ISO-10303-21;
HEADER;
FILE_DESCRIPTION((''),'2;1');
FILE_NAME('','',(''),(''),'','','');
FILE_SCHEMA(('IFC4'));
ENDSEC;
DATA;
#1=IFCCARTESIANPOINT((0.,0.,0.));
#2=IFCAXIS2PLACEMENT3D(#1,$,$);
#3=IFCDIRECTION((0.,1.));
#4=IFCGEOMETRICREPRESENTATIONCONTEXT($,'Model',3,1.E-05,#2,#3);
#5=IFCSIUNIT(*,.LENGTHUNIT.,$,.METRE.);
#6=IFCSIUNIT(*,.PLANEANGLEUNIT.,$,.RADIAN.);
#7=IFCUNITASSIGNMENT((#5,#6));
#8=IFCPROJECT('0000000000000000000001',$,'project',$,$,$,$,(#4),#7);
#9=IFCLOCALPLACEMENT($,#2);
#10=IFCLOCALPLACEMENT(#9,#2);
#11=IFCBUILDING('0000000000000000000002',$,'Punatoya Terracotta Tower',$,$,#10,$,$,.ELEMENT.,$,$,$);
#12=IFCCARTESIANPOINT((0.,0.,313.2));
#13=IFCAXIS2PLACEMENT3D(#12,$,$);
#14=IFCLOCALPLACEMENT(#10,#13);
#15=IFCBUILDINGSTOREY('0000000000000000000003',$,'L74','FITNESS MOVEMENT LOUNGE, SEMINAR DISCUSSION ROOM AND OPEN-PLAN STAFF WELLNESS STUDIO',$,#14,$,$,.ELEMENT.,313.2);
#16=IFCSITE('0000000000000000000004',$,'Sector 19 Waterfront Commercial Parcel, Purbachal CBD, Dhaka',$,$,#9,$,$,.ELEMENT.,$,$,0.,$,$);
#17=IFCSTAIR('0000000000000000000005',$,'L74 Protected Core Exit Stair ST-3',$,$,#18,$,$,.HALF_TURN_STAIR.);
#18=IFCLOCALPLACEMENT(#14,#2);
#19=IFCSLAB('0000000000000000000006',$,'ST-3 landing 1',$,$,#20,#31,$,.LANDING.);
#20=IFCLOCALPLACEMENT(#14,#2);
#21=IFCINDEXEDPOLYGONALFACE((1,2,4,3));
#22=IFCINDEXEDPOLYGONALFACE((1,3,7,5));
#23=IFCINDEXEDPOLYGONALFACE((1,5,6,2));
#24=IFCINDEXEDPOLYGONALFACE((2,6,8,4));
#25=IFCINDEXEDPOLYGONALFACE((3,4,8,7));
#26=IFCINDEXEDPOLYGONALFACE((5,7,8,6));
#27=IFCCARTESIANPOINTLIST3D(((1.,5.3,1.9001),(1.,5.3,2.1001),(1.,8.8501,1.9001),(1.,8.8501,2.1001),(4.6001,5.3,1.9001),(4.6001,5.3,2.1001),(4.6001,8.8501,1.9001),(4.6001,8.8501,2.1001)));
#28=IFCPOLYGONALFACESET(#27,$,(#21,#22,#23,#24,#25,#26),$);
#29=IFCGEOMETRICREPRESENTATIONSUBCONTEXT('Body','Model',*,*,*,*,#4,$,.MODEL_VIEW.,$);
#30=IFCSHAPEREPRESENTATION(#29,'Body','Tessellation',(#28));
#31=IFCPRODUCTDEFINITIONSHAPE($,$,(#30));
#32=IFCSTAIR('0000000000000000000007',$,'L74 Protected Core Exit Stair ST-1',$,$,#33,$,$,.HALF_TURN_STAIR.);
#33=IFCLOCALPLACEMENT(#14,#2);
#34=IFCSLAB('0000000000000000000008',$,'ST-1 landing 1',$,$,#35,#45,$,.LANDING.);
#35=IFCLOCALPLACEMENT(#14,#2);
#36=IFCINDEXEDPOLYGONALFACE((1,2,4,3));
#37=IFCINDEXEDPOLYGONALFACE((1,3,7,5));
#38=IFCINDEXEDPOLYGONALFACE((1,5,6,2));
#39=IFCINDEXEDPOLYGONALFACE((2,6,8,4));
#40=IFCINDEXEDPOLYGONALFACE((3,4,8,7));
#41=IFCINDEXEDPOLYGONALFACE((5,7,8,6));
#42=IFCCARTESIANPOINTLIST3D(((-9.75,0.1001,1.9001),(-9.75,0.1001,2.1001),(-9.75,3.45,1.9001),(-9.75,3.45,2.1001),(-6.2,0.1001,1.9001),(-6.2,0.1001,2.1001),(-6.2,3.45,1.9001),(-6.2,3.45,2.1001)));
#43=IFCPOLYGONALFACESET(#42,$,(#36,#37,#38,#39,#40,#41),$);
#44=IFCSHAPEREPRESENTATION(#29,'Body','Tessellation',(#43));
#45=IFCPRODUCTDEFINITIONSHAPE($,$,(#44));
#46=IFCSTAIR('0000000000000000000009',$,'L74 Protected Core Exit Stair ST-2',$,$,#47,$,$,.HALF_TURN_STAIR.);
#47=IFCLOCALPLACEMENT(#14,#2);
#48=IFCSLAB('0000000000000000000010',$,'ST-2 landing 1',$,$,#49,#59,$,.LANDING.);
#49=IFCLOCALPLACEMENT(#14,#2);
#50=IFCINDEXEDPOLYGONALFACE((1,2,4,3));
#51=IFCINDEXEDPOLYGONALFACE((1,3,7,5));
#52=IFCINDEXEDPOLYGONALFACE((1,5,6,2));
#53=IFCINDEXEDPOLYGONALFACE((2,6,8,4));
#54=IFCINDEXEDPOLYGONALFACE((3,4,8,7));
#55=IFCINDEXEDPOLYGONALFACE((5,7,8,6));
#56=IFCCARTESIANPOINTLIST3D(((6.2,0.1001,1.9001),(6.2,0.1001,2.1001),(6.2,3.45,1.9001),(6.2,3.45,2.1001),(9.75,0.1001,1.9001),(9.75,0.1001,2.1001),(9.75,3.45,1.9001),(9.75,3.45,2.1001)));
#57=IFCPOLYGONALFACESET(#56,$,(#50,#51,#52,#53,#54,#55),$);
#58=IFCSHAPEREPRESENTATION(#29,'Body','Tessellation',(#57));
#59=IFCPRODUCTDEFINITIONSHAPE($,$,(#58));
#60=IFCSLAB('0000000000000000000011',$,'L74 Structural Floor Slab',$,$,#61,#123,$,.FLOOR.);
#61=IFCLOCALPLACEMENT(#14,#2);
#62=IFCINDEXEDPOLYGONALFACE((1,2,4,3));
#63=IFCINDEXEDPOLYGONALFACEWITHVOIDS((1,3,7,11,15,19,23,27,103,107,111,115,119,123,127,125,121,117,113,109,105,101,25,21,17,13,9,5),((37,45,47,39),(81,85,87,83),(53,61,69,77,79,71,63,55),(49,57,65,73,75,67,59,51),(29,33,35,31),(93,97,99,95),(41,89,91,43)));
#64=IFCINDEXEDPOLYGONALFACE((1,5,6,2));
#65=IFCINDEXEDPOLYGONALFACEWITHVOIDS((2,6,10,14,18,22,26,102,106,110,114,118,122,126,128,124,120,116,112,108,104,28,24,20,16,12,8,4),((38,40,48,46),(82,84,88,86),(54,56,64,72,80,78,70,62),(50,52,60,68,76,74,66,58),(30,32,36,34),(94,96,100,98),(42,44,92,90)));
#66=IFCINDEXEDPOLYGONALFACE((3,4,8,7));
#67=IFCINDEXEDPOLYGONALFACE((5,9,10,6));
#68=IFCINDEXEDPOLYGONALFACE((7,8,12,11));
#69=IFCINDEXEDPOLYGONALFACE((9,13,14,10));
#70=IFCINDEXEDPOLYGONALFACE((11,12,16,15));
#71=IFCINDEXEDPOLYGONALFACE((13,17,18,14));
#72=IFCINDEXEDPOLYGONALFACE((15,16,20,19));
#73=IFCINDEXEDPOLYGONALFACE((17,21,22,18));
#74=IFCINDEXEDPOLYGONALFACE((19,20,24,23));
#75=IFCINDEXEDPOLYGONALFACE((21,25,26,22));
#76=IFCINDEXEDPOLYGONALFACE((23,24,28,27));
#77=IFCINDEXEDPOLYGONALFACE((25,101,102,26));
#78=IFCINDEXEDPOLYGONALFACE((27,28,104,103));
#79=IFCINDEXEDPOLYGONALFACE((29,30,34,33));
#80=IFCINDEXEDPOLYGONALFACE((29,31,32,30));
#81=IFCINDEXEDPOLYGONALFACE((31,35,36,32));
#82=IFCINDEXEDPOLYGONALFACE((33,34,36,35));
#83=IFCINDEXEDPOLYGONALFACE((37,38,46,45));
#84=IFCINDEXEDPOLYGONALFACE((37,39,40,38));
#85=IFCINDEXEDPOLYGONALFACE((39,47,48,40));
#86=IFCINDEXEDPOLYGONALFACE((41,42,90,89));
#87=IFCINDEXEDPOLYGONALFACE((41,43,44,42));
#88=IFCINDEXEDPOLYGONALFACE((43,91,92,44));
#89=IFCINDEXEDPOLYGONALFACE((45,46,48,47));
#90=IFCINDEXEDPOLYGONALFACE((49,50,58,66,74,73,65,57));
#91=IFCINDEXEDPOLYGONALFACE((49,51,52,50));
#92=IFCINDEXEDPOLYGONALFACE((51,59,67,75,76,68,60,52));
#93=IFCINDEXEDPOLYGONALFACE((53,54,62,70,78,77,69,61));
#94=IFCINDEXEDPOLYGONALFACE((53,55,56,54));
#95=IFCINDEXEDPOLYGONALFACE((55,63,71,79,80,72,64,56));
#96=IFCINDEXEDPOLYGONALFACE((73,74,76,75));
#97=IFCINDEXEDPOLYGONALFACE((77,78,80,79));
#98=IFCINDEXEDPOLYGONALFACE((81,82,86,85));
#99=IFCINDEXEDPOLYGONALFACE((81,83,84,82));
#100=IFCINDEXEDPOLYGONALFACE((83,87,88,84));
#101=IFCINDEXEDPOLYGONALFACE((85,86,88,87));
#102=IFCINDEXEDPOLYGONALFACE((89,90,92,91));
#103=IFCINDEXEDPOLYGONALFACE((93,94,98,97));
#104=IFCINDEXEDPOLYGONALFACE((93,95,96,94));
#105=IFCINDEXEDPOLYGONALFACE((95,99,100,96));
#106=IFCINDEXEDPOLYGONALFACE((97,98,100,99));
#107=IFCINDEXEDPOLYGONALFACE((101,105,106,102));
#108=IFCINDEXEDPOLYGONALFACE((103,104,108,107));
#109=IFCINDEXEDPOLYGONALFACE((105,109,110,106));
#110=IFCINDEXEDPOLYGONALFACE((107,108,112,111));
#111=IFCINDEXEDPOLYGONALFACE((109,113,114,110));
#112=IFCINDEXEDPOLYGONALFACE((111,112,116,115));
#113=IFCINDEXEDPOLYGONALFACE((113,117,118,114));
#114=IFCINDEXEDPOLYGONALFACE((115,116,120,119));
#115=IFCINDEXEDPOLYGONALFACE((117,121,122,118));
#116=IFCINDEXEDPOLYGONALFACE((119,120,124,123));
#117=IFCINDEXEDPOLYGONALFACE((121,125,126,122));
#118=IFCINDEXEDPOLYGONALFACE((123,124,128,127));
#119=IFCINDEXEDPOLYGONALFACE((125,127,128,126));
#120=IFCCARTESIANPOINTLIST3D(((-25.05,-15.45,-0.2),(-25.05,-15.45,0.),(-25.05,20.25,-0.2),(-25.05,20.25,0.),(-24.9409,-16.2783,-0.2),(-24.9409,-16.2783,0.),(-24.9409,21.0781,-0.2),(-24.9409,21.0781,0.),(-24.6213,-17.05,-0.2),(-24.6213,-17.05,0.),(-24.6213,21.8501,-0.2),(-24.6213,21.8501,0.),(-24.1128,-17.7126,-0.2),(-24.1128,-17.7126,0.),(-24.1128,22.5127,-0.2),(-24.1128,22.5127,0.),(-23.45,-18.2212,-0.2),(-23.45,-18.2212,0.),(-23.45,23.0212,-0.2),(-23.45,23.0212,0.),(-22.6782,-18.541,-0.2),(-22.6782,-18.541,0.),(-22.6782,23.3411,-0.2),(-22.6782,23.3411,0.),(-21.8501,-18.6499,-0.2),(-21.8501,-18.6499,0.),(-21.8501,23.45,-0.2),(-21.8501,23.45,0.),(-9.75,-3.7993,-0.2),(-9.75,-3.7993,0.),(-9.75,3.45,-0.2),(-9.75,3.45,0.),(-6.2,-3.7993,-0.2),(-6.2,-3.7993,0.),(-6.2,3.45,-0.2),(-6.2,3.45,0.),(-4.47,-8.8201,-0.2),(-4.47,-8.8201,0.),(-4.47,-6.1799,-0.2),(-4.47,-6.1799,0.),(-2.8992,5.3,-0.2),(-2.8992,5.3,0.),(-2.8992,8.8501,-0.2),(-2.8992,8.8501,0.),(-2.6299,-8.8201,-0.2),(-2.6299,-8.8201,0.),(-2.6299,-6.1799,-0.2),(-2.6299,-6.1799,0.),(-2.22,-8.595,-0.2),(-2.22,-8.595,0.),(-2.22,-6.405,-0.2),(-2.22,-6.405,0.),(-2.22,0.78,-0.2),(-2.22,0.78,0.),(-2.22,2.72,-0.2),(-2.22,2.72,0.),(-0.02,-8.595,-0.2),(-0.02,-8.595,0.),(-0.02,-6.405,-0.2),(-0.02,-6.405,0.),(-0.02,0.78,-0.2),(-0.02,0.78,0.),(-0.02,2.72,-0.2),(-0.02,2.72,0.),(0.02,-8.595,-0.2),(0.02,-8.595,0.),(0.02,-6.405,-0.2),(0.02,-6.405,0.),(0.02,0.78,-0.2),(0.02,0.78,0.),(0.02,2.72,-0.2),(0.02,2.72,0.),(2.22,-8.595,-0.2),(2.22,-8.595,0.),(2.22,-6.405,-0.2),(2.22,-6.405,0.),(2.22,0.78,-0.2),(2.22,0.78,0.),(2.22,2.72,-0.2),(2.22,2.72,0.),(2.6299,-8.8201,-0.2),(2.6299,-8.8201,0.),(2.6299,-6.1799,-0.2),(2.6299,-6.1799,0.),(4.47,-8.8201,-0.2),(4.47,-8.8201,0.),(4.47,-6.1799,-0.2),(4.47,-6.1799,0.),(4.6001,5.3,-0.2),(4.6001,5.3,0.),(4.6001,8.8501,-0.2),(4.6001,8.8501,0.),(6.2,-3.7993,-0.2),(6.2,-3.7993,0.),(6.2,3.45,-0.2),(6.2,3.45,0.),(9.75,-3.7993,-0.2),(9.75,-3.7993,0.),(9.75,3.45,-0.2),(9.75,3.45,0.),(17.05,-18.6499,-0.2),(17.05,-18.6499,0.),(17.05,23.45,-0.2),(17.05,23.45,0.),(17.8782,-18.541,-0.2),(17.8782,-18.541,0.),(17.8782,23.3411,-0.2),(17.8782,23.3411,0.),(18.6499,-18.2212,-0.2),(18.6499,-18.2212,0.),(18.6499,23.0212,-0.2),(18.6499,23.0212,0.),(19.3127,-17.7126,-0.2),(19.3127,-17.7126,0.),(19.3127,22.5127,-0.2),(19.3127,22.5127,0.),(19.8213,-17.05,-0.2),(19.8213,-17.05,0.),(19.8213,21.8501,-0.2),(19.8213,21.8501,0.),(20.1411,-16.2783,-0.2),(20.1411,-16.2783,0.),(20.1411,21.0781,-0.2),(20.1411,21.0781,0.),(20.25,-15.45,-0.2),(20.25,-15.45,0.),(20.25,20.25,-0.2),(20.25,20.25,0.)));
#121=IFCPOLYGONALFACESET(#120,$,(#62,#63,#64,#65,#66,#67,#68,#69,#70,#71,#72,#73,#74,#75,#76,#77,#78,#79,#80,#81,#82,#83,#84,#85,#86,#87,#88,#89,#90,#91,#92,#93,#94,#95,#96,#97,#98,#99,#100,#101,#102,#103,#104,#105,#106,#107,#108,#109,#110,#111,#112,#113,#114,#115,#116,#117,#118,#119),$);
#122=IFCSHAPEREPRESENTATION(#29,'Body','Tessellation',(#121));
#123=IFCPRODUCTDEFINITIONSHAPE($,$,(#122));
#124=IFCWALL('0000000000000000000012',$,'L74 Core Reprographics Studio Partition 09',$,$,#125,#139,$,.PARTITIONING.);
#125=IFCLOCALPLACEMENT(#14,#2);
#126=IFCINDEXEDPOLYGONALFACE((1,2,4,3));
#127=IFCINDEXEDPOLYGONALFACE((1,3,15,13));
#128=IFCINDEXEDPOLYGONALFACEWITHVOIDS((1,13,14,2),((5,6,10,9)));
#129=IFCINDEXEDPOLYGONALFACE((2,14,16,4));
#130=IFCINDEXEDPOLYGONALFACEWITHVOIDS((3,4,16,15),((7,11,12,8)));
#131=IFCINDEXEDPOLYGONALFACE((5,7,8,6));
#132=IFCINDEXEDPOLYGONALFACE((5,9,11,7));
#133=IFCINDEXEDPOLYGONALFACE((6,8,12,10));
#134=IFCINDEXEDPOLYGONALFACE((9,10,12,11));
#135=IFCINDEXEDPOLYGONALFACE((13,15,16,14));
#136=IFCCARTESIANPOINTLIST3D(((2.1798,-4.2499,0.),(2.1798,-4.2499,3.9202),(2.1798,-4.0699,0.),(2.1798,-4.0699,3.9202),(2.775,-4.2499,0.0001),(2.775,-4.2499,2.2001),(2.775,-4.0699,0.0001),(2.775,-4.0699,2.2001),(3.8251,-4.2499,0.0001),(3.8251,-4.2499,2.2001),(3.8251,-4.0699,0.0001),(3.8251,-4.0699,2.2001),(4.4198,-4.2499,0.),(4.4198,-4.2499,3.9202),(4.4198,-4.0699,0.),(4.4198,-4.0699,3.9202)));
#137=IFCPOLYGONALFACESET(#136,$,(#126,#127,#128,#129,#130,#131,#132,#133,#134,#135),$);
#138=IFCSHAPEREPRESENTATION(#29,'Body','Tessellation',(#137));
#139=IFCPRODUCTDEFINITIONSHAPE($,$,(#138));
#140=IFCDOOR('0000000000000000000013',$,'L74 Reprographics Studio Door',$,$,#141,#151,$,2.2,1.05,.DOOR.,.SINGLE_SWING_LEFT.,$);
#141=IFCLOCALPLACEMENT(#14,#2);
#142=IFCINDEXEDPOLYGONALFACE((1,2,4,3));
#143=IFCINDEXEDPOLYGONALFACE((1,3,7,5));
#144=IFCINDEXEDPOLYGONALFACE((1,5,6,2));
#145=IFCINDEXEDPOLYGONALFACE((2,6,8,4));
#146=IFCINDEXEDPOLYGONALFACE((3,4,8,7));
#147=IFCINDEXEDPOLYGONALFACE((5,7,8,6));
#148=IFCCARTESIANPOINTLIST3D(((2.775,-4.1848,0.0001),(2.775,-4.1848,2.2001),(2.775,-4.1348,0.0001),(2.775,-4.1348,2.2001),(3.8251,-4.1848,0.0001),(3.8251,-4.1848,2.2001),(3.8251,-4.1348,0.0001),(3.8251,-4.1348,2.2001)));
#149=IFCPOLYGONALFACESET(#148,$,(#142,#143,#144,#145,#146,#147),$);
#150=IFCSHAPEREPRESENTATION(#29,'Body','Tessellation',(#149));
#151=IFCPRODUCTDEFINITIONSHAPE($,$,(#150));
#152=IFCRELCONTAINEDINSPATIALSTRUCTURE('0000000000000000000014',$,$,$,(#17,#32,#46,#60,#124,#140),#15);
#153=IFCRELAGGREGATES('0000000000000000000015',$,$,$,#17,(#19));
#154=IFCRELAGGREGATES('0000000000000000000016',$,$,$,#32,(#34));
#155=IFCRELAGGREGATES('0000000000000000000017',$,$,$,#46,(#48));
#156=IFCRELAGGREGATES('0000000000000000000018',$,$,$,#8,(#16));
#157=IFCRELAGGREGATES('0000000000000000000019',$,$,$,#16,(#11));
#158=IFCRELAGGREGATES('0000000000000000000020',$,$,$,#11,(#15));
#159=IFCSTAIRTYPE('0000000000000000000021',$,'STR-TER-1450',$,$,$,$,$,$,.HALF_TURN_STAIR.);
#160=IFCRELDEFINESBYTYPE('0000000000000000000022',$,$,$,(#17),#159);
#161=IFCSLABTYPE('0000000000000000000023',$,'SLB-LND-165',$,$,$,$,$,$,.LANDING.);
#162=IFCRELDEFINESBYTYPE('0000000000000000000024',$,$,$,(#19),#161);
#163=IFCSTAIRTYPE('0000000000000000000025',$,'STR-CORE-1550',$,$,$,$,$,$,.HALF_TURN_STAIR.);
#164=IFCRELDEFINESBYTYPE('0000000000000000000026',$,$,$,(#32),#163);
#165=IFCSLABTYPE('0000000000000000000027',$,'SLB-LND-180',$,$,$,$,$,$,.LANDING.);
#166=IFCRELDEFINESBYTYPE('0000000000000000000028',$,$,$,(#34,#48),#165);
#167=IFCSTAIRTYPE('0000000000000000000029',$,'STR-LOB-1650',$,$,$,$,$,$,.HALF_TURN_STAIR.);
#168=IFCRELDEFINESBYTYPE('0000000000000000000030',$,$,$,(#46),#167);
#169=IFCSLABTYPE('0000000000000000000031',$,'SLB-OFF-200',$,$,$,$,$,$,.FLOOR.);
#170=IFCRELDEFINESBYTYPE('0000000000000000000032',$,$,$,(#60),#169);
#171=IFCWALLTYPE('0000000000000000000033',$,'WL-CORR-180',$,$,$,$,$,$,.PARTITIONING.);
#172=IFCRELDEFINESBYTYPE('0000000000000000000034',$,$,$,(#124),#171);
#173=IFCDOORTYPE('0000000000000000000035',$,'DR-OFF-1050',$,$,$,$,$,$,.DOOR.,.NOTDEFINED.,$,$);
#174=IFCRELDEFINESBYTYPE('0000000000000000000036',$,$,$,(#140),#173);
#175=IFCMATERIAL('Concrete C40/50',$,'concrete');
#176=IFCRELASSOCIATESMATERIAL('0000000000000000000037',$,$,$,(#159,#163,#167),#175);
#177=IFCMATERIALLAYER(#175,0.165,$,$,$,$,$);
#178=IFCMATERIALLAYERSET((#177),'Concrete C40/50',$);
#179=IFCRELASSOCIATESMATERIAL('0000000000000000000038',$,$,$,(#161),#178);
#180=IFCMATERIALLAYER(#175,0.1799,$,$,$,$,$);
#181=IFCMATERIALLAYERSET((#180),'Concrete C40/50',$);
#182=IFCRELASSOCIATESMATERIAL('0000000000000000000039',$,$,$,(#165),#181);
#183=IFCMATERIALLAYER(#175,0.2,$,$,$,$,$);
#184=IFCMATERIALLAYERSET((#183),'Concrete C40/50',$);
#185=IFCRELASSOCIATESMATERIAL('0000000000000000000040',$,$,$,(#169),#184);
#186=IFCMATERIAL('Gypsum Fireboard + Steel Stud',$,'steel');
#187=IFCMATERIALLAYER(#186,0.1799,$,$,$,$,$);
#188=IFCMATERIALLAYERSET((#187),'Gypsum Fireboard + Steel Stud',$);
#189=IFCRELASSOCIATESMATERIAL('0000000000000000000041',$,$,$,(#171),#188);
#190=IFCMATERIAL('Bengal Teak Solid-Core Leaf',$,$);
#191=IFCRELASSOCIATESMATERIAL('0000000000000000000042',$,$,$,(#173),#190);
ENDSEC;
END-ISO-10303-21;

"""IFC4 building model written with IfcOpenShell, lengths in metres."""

from ifc_helpers import new_model, si_unit, direction, frame, frame_2d, origin, place, context, subcontext, project, spatial, polyline, rectangle, outline, extrude, material, layer, layer_set, type_object, element, fill, aggregate, save


model = new_model("IFC4")

# Units and contexts
model_context = context("Model", 3, precision=1e-05, world=origin(), true_north=direction((0.0, 1.0)))
body_context = subcontext(model_context, "Body", "Model", "MODEL_VIEW")
ifc_project = project(units=[si_unit("LENGTHUNIT", "METRE"), si_unit("PLANEANGLEUNIT", "RADIAN")], contexts=[model_context])

# Site, building, storey
site_placement = place(None, origin())
site = spatial("IfcSite", under=ifc_project, at=site_placement, Name="Sector 19 Waterfront Commercial Parcel, Purbachal CBD, Dhaka", CompositionType="ELEMENT", RefElevation=0.0)
building_placement = place(site_placement, origin())
building = spatial("IfcBuilding", under=site, at=building_placement, Name="Punatoya Terracotta Tower", CompositionType="ELEMENT")
storey_placement = place(building_placement, frame((0.0, 0.0, 313.2)))
storey = spatial("IfcBuildingStorey", under=building, at=storey_placement, Name="L74", Description="FITNESS MOVEMENT LOUNGE, SEMINAR DISCUSSION ROOM AND OPEN-PLAN STAFF WELLNESS STUDIO", CompositionType="ELEMENT", Elevation=313.2)

# Stairs, slabs
ifc_material_1 = material(Name="Concrete C40/50", Category="concrete")
stair_type_1 = type_object("IfcStairType", Name="STR-TER-1450", PredefinedType="HALF_TURN_STAIR", material=ifc_material_1)
stair_1_placement = place(storey_placement, origin())
stair_1 = element("IfcStair", 1, at=stair_1_placement, inside=storey, type_object=stair_type_1, Name="L74 Protected Core Exit Stair ST-3", PredefinedType="HALF_TURN_STAIR")
ifc_layer_1 = layer(ifc_material_1, 0.165)
ifc_layer_set_1 = layer_set([ifc_layer_1], Name="Concrete C40/50")
slab_type_1 = type_object("IfcSlabType", Name="SLB-LND-165", PredefinedType="LANDING", material=ifc_layer_set_1)
slab_1_placement = place(storey_placement, frame((0.0, 0.0, 1.9001)))
slab_1 = element("IfcSlab", 2, at=slab_1_placement, type_object=slab_type_1, Name="ST-3 landing 1", PredefinedType="LANDING", context=body_context, shape_type="SweptSolid", body=[
    extrude(outline(polyline([(1.0, 5.3), (4.6001, 5.3), (4.6001, 8.8501), (1.0, 8.8501), (1.0, 5.3)])), origin(), (0.0, 0.0, 1.0), 0.2),
])
aggregate(stair_1, [slab_1])
stair_type_2 = type_object("IfcStairType", Name="STR-CORE-1550", PredefinedType="HALF_TURN_STAIR", material=ifc_material_1)
stair_2_placement = place(storey_placement, origin())
stair_2 = element("IfcStair", 3, at=stair_2_placement, inside=storey, type_object=stair_type_2, Name="L74 Protected Core Exit Stair ST-1", PredefinedType="HALF_TURN_STAIR")
ifc_layer_2 = layer(ifc_material_1, 0.1799)
ifc_layer_set_2 = layer_set([ifc_layer_2], Name="Concrete C40/50")
slab_type_2 = type_object("IfcSlabType", Name="SLB-LND-180", PredefinedType="LANDING", material=ifc_layer_set_2)
slab_2_placement = place(storey_placement, frame((0.0, 0.0, 1.9001)))
slab_2 = element("IfcSlab", 4, at=slab_2_placement, type_object=slab_type_2, Name="ST-1 landing 1", PredefinedType="LANDING", context=body_context, shape_type="SweptSolid", body=[
    extrude(outline(polyline([(-6.2, 0.1001), (-6.2, 3.45), (-9.75, 3.45), (-9.75, 0.1001), (-6.2, 0.1001)])), origin(), (0.0, 0.0, 1.0), 0.2),
])
aggregate(stair_2, [slab_2])
stair_type_3 = type_object("IfcStairType", Name="STR-LOB-1650", PredefinedType="HALF_TURN_STAIR", material=ifc_material_1)
stair_3_placement = place(storey_placement, origin())
stair_3 = element("IfcStair", 5, at=stair_3_placement, inside=storey, type_object=stair_type_3, Name="L74 Protected Core Exit Stair ST-2", PredefinedType="HALF_TURN_STAIR")
slab_3_placement = place(storey_placement, frame((0.0, 0.0, 1.9001)))
slab_3 = element("IfcSlab", 6, at=slab_3_placement, type_object=slab_type_2, Name="ST-2 landing 1", PredefinedType="LANDING", context=body_context, shape_type="SweptSolid", body=[
    extrude(outline(polyline([(9.75, 0.1001), (9.75, 3.45), (6.2, 3.45), (6.2, 0.1001), (9.75, 0.1001)])), origin(), (0.0, 0.0, 1.0), 0.2),
])
aggregate(stair_3, [slab_3])

# Slab
ifc_layer_3 = layer(ifc_material_1, 0.2)
ifc_layer_set_3 = layer_set([ifc_layer_3], Name="Concrete C40/50")
slab_type_3 = type_object("IfcSlabType", Name="SLB-OFF-200", PredefinedType="FLOOR", material=ifc_layer_set_3)
slab_4_placement = place(storey_placement, frame((0.0, 0.0, -0.2)))
element("IfcSlab", 7, at=slab_4_placement, inside=storey, type_object=slab_type_3, Name="L74 Structural Floor Slab", PredefinedType="FLOOR", context=body_context, shape_type="SweptSolid", body=[
    extrude(outline(polyline([(-21.8501, -18.6499), (-22.6782, -18.541), (-23.45, -18.2212), (-24.1128, -17.7126), (-24.6213, -17.05), (-24.9409, -16.2783), (-25.05, -15.45), (-25.05, 20.25), (-24.9409, 21.0781), (-24.6213, 21.8501), (-24.1128, 22.5127), (-23.45, 23.0212), (-22.6782, 23.3411), (-21.8501, 23.45), (17.05, 23.45), (17.8782, 23.3411), (18.6499, 23.0212), (19.3127, 22.5127), (19.8213, 21.8501), (20.1411, 21.0781), (20.25, 20.25), (20.25, -15.45), (20.1411, -16.2783), (19.8213, -17.05), (19.3127, -17.7126), (18.6499, -18.2212), (17.8782, -18.541), (17.05, -18.6499), (-21.8501, -18.6499)]), holes=[polyline([(-2.6299, -6.1799), (-4.47, -6.1799), (-4.47, -8.8201), (-2.6299, -8.8201), (-2.6299, -6.1799)]), polyline([(-0.02, -6.405), (-2.22, -6.405), (-2.22, -8.595), (-0.02, -8.595), (0.02, -8.595), (2.22, -8.595), (2.22, -6.405), (0.02, -6.405), (-0.02, -6.405)]), polyline([(4.47, -6.1799), (2.6299, -6.1799), (2.6299, -8.8201), (4.47, -8.8201), (4.47, -6.1799)]), polyline([(-9.75, 3.45), (-9.75, -3.7993), (-6.2, -3.7993), (-6.2, 3.45), (-9.75, 3.45)]), polyline([(6.2, 3.45), (6.2, -3.7993), (9.75, -3.7993), (9.75, 3.45), (6.2, 3.45)]), polyline([(-2.22, 2.72), (-2.22, 0.78), (-0.02, 0.78), (0.02, 0.78), (2.22, 0.78), (2.22, 2.72), (0.02, 2.72), (-0.02, 2.72), (-2.22, 2.72)]), polyline([(4.6001, 5.3), (4.6001, 8.8501), (-2.8992, 8.8501), (-2.8992, 5.3), (4.6001, 5.3)])]), origin(), (0.0, 0.0, 1.0), 0.2),
])

# Wall, opening, door
ifc_material_2 = material(Name="Gypsum Fireboard + Steel Stud", Category="steel")
ifc_layer_4 = layer(ifc_material_2, 0.1799)
ifc_layer_set_4 = layer_set([ifc_layer_4], Name="Gypsum Fireboard + Steel Stud")
wall_type_1 = type_object("IfcWallType", Name="WL-CORR-180", PredefinedType="PARTITIONING", material=ifc_layer_set_4)
wall_1_placement = place(storey_placement, frame((4.4199, -4.1599, 0.0), z_axis=(0.0, 0.0, 1.0), x_axis=(-1.0, 0.0, 0.0)))
wall_1 = element("IfcWall", 8, at=wall_1_placement, inside=storey, type_object=wall_type_1, Name="L74 Core Reprographics Studio Partition 09", PredefinedType="PARTITIONING", context=body_context, shape_type="SweptSolid", body=[
    extrude(rectangle(XDim=2.24, YDim=0.1799, at=frame_2d((1.1201, 0.0))), origin(), (0.0, 0.0, 1.0), 3.9202),
])
opening_1_placement = place(wall_1_placement, frame((0.595, 0.0, 0.0)))
opening_1 = element("IfcOpeningElement", 9, at=opening_1_placement, cuts=wall_1, PredefinedType="OPENING", context=body_context, shape_type="SweptSolid", body=[
    extrude(rectangle(XDim=1.05, YDim=2.2, at=frame_2d((0.5249, 1.1001))), frame((0.0, 0.0999, 0.0), z_axis=(0.0, -1.0, 0.0), x_axis=(1.0, 0.0, 0.0)), (0.0, 0.0, 1.0), 0.2),
])
ifc_material_3 = material(Name="Bengal Teak Solid-Core Leaf")
door_type_1 = type_object("IfcDoorType", Name="DR-OFF-1050", OperationType="NOTDEFINED", PredefinedType="DOOR", material=ifc_material_3)
door_1_placement = place(opening_1_placement, origin())
door_1 = element("IfcDoor", 10, at=door_1_placement, inside=storey, type_object=door_type_1, Name="L74 Reprographics Studio Door", OperationType="SINGLE_SWING_LEFT", OverallHeight=2.2, OverallWidth=1.05, PredefinedType="DOOR", context=body_context, shape_type="SweptSolid", body=[
    extrude(rectangle(XDim=1.05, YDim=2.2, at=frame_2d((0.5249, 1.1001))), frame((0.0, 0.0249, 0.0), z_axis=(0.0, -1.0, 0.0), x_axis=(1.0, 0.0, 0.0)), (0.0, 0.0, 1.0), 0.05),
])
fill(opening_1, door_1)

save(model, "model.ifc")
